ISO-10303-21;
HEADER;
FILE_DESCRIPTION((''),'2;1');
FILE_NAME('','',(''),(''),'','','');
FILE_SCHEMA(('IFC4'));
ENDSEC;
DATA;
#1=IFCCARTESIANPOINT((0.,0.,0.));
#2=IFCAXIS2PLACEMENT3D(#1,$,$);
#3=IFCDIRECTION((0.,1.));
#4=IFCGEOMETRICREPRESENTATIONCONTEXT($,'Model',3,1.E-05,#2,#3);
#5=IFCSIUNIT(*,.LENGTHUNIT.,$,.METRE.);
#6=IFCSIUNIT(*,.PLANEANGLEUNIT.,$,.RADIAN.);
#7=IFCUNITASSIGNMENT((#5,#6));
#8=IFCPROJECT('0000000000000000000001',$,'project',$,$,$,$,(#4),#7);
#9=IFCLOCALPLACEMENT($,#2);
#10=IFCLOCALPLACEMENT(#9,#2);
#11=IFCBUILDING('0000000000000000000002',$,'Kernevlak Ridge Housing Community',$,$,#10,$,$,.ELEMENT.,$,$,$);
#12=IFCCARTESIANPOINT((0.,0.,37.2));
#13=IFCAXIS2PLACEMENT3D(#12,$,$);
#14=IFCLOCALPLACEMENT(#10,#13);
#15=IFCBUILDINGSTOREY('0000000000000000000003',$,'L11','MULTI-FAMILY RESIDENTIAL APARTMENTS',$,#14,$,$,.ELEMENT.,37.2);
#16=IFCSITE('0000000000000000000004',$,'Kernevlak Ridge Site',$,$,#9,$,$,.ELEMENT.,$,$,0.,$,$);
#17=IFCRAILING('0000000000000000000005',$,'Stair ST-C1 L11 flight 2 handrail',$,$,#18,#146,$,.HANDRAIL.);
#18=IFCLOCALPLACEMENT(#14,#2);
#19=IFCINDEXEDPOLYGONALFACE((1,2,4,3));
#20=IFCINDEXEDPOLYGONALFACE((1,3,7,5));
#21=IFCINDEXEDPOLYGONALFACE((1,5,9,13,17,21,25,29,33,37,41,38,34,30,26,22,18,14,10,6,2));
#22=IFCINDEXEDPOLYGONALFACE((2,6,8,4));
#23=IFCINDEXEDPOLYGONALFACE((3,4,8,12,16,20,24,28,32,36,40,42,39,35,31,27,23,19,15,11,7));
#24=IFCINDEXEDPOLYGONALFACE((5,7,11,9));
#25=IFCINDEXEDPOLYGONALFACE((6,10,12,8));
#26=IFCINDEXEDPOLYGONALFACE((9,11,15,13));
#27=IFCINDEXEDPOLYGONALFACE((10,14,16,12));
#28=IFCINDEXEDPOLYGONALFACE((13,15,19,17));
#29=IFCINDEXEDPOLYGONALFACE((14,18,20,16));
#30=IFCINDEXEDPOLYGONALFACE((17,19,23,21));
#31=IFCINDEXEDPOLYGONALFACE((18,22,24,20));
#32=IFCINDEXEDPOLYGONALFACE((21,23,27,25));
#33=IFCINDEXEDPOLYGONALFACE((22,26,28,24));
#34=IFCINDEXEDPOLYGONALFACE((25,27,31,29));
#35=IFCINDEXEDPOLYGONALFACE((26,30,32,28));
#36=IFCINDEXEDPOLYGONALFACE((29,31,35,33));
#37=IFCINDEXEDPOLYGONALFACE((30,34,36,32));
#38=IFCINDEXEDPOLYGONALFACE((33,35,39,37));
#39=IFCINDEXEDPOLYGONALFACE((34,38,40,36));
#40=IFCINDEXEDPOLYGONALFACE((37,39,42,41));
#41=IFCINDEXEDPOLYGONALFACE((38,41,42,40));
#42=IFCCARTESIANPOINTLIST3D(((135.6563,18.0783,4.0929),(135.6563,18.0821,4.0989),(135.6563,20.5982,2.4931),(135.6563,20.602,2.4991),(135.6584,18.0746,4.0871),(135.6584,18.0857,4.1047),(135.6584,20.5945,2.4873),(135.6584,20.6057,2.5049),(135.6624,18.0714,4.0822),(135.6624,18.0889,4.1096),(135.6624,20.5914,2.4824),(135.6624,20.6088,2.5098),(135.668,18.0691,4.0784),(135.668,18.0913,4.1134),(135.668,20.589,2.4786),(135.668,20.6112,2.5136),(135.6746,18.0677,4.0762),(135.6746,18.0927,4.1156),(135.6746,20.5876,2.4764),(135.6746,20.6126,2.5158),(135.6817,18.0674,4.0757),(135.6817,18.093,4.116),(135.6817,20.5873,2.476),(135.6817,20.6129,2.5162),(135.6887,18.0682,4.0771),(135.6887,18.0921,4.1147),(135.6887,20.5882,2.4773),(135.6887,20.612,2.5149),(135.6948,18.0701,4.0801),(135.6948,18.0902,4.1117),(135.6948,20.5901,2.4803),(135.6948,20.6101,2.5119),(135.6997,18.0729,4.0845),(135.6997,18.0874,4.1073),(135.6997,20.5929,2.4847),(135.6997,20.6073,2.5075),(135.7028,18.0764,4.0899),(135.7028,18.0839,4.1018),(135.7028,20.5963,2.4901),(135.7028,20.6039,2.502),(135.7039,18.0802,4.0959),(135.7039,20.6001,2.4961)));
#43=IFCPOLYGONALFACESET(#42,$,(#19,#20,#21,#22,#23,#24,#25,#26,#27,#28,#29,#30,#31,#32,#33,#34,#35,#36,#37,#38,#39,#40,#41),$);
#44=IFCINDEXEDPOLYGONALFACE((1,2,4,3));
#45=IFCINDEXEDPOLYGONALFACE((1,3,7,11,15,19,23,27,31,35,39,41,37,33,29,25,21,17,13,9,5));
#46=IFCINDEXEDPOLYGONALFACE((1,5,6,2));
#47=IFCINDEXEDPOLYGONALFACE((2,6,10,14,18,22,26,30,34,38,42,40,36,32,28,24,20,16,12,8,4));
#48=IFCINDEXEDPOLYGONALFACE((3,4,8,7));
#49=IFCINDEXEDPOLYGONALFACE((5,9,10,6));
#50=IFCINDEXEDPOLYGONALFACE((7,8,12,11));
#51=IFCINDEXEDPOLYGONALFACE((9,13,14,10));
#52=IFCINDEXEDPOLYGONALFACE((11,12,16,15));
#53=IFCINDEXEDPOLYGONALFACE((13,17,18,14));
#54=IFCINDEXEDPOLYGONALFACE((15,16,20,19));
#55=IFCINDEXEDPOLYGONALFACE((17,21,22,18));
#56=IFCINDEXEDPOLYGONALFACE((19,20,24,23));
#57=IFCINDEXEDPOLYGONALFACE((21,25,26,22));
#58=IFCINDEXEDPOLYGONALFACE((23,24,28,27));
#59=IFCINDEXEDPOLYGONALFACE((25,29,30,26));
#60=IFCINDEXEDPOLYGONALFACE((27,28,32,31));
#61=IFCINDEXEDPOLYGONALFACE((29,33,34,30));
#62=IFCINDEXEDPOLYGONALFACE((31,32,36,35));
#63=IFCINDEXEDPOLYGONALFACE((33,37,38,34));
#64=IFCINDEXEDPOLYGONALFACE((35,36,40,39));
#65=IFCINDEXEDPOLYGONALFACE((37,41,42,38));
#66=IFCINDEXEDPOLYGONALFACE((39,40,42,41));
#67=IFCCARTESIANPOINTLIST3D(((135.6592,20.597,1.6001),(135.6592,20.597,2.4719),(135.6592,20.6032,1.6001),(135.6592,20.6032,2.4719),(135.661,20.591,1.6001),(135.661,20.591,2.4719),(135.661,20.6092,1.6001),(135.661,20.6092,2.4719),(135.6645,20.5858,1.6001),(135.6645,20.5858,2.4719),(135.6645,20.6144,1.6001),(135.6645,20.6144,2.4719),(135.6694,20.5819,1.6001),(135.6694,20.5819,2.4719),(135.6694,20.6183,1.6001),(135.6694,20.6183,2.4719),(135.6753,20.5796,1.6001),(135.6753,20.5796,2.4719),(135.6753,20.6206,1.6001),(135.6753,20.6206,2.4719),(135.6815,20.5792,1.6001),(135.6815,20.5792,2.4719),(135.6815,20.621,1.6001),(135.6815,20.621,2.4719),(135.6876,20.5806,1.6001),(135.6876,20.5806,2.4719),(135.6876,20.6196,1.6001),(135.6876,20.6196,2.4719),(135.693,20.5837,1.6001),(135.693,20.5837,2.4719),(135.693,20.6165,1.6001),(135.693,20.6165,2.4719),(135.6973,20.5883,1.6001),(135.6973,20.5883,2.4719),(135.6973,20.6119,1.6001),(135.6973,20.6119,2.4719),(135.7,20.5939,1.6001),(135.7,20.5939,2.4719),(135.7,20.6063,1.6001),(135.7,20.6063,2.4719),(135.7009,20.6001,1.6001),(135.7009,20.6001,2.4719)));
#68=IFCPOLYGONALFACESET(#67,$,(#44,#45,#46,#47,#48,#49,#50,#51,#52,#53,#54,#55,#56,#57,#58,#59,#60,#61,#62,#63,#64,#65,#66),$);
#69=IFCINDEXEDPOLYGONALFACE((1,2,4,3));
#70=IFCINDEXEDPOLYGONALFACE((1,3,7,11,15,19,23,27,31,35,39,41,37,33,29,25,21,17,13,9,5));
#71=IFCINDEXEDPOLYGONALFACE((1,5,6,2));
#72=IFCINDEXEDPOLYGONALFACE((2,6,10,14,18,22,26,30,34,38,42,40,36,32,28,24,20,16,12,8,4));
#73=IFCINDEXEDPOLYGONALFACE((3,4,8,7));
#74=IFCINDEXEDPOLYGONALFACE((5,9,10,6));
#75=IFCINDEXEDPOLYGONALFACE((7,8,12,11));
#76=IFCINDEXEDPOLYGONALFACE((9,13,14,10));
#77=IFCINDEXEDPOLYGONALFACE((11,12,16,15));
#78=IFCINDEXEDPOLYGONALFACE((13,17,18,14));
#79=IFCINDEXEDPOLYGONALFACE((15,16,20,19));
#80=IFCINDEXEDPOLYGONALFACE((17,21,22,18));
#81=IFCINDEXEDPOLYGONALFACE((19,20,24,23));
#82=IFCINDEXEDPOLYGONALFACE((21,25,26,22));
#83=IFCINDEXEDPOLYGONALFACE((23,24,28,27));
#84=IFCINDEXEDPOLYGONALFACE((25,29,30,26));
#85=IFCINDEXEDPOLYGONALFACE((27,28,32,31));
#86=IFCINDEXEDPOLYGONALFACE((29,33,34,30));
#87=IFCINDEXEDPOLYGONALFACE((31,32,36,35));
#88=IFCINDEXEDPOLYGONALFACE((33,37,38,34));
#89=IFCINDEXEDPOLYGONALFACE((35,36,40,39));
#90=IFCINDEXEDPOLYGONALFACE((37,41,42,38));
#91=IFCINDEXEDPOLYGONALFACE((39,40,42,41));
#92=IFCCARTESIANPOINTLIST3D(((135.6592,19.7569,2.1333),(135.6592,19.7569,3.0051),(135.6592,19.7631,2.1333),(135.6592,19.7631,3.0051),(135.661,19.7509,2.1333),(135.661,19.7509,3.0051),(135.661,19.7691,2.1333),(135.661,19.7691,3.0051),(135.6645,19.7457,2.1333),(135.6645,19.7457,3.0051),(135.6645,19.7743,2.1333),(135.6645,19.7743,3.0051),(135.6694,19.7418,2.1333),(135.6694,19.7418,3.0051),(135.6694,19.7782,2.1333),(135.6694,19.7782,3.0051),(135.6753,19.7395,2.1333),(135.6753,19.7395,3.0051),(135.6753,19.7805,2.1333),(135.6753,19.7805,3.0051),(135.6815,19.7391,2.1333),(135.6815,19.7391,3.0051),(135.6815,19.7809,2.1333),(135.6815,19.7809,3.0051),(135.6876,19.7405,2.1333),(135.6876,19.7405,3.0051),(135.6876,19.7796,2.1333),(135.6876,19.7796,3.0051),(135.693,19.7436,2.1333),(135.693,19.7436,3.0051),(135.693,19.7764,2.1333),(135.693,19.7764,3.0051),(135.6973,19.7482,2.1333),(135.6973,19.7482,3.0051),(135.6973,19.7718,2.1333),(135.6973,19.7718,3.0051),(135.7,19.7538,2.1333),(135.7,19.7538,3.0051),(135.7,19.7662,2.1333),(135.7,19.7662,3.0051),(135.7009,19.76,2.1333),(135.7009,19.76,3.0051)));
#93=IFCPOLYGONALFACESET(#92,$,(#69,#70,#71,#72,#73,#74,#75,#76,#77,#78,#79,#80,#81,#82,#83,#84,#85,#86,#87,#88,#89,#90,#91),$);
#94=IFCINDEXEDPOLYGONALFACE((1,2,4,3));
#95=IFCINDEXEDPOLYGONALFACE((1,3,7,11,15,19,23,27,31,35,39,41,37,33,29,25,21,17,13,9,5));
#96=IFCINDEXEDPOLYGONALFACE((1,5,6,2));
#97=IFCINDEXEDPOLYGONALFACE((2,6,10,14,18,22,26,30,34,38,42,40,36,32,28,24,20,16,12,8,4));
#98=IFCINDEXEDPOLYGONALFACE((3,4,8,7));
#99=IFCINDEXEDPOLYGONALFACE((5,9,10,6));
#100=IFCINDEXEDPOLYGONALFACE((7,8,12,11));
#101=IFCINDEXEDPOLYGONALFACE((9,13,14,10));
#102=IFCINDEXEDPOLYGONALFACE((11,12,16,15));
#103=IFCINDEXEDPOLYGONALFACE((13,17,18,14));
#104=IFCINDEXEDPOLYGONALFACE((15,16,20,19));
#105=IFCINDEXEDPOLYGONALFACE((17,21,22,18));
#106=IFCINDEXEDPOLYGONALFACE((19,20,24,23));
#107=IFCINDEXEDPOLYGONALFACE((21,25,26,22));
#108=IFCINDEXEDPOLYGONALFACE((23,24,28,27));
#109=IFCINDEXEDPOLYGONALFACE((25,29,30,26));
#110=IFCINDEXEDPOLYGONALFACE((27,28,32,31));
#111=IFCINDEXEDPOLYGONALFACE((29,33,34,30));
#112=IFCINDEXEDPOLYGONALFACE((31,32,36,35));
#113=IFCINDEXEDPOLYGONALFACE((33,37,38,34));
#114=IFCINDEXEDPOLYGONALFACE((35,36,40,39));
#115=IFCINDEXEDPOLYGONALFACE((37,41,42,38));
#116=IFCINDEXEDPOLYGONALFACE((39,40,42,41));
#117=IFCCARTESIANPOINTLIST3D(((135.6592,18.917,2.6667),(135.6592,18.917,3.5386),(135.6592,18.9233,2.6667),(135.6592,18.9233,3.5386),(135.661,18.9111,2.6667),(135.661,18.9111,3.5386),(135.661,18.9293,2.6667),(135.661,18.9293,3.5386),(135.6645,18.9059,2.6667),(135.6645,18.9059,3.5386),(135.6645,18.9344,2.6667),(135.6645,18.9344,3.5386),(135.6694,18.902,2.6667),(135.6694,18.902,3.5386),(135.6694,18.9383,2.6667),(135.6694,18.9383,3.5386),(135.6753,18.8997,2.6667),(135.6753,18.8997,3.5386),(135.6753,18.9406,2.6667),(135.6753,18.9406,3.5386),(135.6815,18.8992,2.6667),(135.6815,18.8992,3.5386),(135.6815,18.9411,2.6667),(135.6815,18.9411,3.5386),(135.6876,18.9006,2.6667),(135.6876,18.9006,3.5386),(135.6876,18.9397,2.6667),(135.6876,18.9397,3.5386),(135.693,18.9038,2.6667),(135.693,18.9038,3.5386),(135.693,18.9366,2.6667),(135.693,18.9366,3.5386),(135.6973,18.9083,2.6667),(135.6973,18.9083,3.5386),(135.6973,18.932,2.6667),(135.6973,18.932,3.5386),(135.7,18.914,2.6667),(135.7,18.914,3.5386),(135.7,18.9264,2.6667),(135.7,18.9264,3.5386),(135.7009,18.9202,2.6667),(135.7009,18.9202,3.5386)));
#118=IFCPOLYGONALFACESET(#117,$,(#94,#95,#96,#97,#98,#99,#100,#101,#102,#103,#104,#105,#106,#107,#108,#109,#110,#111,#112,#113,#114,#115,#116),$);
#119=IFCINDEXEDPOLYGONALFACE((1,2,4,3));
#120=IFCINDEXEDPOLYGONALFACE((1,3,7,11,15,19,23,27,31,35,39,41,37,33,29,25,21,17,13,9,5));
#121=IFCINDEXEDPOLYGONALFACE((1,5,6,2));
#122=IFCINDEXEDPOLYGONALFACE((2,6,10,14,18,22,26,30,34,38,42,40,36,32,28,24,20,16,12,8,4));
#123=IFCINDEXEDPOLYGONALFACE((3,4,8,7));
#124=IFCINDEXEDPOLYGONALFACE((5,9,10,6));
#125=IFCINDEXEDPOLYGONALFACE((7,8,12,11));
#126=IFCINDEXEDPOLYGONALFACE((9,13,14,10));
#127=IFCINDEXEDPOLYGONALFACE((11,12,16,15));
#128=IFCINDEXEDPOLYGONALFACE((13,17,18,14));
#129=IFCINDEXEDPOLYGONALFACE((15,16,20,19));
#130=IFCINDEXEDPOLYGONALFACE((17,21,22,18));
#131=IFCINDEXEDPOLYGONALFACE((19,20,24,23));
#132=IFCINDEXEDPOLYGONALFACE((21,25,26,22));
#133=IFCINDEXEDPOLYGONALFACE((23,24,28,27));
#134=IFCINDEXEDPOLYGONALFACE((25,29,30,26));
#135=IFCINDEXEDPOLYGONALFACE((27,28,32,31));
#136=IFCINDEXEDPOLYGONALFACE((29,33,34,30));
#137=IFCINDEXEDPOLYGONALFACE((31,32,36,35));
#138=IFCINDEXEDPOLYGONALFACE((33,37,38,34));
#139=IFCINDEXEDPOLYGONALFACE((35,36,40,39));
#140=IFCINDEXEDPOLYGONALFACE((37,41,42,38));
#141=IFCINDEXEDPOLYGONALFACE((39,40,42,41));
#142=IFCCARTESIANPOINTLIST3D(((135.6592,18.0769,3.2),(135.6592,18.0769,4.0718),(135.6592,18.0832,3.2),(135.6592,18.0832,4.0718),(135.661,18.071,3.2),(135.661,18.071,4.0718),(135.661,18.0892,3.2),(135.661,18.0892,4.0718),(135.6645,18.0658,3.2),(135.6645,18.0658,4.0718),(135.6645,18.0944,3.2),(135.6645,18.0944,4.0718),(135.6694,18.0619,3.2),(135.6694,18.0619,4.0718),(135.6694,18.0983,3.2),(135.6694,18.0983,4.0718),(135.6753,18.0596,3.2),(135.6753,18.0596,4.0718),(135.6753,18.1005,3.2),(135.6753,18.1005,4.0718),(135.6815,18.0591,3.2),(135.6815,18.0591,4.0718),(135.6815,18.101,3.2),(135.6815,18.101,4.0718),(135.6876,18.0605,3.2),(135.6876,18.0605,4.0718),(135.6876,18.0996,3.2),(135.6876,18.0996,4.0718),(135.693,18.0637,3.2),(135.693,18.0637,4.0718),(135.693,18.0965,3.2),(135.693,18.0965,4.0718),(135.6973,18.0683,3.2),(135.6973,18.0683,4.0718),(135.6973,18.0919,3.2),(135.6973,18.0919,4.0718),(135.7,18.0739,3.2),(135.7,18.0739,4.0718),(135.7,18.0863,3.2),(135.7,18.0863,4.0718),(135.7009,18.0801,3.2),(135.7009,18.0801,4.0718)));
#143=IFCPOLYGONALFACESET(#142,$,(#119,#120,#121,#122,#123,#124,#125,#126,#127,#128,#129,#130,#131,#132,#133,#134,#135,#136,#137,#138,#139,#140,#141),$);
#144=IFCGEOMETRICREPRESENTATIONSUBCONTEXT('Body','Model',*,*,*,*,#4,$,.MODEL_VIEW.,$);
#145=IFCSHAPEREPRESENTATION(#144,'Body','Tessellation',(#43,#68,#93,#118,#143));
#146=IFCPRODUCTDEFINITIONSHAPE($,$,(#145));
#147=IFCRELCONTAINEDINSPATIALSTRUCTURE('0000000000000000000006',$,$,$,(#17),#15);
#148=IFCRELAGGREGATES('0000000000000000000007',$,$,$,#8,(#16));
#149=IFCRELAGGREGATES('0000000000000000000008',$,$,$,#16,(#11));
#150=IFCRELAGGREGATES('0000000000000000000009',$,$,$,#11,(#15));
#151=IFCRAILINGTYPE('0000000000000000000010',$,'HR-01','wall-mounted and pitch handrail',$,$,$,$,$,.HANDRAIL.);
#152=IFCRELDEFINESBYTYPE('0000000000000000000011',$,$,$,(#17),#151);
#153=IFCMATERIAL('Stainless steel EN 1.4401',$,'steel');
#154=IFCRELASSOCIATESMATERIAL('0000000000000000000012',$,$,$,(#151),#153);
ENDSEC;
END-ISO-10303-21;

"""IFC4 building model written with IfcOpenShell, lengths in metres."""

from ifc_helpers import new_model, si_unit, direction, frame, origin, origin_2d, place, context, subcontext, project, spatial, circle, extrude, material, type_object, element, save


model = new_model("IFC4")

# Units and contexts
model_context = context("Model", 3, precision=1e-05, world=origin(), true_north=direction((0.0, 1.0)))
body_context = subcontext(model_context, "Body", "Model", "MODEL_VIEW")
ifc_project = project(units=[si_unit("LENGTHUNIT", "METRE"), si_unit("PLANEANGLEUNIT", "RADIAN")], contexts=[model_context])

# Site, building, storey
site_placement = place(None, origin())
site = spatial("IfcSite", under=ifc_project, at=site_placement, Name="Kernevlak Ridge Site", CompositionType="ELEMENT", RefElevation=0.0)
building_placement = place(site_placement, origin())
building = spatial("IfcBuilding", under=site, at=building_placement, Name="Kernevlak Ridge Housing Community", CompositionType="ELEMENT")
storey_placement = place(building_placement, frame((0.0, 0.0, 37.2)))
storey = spatial("IfcBuildingStorey", under=building, at=storey_placement, Name="L11", Description="MULTI-FAMILY RESIDENTIAL APARTMENTS", CompositionType="ELEMENT", Elevation=37.2)

# Railing
ifc_material_1 = material(Name="Stainless steel EN 1.4401", Category="steel")
railing_type_1 = type_object("IfcRailingType", Name="HR-01", Description="wall-mounted and pitch handrail", PredefinedType="HANDRAIL", material=ifc_material_1)
railing_1_placement = place(storey_placement, frame((135.6799, 20.6001, 1.6001)))
element("IfcRailing", 1, at=railing_1_placement, inside=storey, type_object=railing_type_1, Name="Stair ST-C1 L11 flight 2 handrail", PredefinedType="HANDRAIL", context=body_context, shape_type="SweptSolid", body=[
    extrude(circle(Radius=0.0239, at=origin_2d()), frame((0.0, 0.0, 0.896), z_axis=(0.0, -0.844237, 0.53597), x_axis=(1.0, 0.0, 0.0)), (0.0, 0.0, 1.0), 2.9849),
    extrude(circle(Radius=0.021, at=origin_2d()), origin(), (0.0, 0.0, 1.0), 0.8718),
    extrude(circle(Radius=0.021, at=origin_2d()), frame((0.0, -0.8401, 0.5332)), (0.0, 0.0, 1.0), 0.8718),
    extrude(circle(Radius=0.021, at=origin_2d()), frame((0.0, -1.6799, 1.0667)), (0.0, 0.0, 1.0), 0.8718),
    extrude(circle(Radius=0.021, at=origin_2d()), frame((0.0, -2.52, 1.5999)), (0.0, 0.0, 1.0), 0.8718),
])

save(model, "model.ifc")
